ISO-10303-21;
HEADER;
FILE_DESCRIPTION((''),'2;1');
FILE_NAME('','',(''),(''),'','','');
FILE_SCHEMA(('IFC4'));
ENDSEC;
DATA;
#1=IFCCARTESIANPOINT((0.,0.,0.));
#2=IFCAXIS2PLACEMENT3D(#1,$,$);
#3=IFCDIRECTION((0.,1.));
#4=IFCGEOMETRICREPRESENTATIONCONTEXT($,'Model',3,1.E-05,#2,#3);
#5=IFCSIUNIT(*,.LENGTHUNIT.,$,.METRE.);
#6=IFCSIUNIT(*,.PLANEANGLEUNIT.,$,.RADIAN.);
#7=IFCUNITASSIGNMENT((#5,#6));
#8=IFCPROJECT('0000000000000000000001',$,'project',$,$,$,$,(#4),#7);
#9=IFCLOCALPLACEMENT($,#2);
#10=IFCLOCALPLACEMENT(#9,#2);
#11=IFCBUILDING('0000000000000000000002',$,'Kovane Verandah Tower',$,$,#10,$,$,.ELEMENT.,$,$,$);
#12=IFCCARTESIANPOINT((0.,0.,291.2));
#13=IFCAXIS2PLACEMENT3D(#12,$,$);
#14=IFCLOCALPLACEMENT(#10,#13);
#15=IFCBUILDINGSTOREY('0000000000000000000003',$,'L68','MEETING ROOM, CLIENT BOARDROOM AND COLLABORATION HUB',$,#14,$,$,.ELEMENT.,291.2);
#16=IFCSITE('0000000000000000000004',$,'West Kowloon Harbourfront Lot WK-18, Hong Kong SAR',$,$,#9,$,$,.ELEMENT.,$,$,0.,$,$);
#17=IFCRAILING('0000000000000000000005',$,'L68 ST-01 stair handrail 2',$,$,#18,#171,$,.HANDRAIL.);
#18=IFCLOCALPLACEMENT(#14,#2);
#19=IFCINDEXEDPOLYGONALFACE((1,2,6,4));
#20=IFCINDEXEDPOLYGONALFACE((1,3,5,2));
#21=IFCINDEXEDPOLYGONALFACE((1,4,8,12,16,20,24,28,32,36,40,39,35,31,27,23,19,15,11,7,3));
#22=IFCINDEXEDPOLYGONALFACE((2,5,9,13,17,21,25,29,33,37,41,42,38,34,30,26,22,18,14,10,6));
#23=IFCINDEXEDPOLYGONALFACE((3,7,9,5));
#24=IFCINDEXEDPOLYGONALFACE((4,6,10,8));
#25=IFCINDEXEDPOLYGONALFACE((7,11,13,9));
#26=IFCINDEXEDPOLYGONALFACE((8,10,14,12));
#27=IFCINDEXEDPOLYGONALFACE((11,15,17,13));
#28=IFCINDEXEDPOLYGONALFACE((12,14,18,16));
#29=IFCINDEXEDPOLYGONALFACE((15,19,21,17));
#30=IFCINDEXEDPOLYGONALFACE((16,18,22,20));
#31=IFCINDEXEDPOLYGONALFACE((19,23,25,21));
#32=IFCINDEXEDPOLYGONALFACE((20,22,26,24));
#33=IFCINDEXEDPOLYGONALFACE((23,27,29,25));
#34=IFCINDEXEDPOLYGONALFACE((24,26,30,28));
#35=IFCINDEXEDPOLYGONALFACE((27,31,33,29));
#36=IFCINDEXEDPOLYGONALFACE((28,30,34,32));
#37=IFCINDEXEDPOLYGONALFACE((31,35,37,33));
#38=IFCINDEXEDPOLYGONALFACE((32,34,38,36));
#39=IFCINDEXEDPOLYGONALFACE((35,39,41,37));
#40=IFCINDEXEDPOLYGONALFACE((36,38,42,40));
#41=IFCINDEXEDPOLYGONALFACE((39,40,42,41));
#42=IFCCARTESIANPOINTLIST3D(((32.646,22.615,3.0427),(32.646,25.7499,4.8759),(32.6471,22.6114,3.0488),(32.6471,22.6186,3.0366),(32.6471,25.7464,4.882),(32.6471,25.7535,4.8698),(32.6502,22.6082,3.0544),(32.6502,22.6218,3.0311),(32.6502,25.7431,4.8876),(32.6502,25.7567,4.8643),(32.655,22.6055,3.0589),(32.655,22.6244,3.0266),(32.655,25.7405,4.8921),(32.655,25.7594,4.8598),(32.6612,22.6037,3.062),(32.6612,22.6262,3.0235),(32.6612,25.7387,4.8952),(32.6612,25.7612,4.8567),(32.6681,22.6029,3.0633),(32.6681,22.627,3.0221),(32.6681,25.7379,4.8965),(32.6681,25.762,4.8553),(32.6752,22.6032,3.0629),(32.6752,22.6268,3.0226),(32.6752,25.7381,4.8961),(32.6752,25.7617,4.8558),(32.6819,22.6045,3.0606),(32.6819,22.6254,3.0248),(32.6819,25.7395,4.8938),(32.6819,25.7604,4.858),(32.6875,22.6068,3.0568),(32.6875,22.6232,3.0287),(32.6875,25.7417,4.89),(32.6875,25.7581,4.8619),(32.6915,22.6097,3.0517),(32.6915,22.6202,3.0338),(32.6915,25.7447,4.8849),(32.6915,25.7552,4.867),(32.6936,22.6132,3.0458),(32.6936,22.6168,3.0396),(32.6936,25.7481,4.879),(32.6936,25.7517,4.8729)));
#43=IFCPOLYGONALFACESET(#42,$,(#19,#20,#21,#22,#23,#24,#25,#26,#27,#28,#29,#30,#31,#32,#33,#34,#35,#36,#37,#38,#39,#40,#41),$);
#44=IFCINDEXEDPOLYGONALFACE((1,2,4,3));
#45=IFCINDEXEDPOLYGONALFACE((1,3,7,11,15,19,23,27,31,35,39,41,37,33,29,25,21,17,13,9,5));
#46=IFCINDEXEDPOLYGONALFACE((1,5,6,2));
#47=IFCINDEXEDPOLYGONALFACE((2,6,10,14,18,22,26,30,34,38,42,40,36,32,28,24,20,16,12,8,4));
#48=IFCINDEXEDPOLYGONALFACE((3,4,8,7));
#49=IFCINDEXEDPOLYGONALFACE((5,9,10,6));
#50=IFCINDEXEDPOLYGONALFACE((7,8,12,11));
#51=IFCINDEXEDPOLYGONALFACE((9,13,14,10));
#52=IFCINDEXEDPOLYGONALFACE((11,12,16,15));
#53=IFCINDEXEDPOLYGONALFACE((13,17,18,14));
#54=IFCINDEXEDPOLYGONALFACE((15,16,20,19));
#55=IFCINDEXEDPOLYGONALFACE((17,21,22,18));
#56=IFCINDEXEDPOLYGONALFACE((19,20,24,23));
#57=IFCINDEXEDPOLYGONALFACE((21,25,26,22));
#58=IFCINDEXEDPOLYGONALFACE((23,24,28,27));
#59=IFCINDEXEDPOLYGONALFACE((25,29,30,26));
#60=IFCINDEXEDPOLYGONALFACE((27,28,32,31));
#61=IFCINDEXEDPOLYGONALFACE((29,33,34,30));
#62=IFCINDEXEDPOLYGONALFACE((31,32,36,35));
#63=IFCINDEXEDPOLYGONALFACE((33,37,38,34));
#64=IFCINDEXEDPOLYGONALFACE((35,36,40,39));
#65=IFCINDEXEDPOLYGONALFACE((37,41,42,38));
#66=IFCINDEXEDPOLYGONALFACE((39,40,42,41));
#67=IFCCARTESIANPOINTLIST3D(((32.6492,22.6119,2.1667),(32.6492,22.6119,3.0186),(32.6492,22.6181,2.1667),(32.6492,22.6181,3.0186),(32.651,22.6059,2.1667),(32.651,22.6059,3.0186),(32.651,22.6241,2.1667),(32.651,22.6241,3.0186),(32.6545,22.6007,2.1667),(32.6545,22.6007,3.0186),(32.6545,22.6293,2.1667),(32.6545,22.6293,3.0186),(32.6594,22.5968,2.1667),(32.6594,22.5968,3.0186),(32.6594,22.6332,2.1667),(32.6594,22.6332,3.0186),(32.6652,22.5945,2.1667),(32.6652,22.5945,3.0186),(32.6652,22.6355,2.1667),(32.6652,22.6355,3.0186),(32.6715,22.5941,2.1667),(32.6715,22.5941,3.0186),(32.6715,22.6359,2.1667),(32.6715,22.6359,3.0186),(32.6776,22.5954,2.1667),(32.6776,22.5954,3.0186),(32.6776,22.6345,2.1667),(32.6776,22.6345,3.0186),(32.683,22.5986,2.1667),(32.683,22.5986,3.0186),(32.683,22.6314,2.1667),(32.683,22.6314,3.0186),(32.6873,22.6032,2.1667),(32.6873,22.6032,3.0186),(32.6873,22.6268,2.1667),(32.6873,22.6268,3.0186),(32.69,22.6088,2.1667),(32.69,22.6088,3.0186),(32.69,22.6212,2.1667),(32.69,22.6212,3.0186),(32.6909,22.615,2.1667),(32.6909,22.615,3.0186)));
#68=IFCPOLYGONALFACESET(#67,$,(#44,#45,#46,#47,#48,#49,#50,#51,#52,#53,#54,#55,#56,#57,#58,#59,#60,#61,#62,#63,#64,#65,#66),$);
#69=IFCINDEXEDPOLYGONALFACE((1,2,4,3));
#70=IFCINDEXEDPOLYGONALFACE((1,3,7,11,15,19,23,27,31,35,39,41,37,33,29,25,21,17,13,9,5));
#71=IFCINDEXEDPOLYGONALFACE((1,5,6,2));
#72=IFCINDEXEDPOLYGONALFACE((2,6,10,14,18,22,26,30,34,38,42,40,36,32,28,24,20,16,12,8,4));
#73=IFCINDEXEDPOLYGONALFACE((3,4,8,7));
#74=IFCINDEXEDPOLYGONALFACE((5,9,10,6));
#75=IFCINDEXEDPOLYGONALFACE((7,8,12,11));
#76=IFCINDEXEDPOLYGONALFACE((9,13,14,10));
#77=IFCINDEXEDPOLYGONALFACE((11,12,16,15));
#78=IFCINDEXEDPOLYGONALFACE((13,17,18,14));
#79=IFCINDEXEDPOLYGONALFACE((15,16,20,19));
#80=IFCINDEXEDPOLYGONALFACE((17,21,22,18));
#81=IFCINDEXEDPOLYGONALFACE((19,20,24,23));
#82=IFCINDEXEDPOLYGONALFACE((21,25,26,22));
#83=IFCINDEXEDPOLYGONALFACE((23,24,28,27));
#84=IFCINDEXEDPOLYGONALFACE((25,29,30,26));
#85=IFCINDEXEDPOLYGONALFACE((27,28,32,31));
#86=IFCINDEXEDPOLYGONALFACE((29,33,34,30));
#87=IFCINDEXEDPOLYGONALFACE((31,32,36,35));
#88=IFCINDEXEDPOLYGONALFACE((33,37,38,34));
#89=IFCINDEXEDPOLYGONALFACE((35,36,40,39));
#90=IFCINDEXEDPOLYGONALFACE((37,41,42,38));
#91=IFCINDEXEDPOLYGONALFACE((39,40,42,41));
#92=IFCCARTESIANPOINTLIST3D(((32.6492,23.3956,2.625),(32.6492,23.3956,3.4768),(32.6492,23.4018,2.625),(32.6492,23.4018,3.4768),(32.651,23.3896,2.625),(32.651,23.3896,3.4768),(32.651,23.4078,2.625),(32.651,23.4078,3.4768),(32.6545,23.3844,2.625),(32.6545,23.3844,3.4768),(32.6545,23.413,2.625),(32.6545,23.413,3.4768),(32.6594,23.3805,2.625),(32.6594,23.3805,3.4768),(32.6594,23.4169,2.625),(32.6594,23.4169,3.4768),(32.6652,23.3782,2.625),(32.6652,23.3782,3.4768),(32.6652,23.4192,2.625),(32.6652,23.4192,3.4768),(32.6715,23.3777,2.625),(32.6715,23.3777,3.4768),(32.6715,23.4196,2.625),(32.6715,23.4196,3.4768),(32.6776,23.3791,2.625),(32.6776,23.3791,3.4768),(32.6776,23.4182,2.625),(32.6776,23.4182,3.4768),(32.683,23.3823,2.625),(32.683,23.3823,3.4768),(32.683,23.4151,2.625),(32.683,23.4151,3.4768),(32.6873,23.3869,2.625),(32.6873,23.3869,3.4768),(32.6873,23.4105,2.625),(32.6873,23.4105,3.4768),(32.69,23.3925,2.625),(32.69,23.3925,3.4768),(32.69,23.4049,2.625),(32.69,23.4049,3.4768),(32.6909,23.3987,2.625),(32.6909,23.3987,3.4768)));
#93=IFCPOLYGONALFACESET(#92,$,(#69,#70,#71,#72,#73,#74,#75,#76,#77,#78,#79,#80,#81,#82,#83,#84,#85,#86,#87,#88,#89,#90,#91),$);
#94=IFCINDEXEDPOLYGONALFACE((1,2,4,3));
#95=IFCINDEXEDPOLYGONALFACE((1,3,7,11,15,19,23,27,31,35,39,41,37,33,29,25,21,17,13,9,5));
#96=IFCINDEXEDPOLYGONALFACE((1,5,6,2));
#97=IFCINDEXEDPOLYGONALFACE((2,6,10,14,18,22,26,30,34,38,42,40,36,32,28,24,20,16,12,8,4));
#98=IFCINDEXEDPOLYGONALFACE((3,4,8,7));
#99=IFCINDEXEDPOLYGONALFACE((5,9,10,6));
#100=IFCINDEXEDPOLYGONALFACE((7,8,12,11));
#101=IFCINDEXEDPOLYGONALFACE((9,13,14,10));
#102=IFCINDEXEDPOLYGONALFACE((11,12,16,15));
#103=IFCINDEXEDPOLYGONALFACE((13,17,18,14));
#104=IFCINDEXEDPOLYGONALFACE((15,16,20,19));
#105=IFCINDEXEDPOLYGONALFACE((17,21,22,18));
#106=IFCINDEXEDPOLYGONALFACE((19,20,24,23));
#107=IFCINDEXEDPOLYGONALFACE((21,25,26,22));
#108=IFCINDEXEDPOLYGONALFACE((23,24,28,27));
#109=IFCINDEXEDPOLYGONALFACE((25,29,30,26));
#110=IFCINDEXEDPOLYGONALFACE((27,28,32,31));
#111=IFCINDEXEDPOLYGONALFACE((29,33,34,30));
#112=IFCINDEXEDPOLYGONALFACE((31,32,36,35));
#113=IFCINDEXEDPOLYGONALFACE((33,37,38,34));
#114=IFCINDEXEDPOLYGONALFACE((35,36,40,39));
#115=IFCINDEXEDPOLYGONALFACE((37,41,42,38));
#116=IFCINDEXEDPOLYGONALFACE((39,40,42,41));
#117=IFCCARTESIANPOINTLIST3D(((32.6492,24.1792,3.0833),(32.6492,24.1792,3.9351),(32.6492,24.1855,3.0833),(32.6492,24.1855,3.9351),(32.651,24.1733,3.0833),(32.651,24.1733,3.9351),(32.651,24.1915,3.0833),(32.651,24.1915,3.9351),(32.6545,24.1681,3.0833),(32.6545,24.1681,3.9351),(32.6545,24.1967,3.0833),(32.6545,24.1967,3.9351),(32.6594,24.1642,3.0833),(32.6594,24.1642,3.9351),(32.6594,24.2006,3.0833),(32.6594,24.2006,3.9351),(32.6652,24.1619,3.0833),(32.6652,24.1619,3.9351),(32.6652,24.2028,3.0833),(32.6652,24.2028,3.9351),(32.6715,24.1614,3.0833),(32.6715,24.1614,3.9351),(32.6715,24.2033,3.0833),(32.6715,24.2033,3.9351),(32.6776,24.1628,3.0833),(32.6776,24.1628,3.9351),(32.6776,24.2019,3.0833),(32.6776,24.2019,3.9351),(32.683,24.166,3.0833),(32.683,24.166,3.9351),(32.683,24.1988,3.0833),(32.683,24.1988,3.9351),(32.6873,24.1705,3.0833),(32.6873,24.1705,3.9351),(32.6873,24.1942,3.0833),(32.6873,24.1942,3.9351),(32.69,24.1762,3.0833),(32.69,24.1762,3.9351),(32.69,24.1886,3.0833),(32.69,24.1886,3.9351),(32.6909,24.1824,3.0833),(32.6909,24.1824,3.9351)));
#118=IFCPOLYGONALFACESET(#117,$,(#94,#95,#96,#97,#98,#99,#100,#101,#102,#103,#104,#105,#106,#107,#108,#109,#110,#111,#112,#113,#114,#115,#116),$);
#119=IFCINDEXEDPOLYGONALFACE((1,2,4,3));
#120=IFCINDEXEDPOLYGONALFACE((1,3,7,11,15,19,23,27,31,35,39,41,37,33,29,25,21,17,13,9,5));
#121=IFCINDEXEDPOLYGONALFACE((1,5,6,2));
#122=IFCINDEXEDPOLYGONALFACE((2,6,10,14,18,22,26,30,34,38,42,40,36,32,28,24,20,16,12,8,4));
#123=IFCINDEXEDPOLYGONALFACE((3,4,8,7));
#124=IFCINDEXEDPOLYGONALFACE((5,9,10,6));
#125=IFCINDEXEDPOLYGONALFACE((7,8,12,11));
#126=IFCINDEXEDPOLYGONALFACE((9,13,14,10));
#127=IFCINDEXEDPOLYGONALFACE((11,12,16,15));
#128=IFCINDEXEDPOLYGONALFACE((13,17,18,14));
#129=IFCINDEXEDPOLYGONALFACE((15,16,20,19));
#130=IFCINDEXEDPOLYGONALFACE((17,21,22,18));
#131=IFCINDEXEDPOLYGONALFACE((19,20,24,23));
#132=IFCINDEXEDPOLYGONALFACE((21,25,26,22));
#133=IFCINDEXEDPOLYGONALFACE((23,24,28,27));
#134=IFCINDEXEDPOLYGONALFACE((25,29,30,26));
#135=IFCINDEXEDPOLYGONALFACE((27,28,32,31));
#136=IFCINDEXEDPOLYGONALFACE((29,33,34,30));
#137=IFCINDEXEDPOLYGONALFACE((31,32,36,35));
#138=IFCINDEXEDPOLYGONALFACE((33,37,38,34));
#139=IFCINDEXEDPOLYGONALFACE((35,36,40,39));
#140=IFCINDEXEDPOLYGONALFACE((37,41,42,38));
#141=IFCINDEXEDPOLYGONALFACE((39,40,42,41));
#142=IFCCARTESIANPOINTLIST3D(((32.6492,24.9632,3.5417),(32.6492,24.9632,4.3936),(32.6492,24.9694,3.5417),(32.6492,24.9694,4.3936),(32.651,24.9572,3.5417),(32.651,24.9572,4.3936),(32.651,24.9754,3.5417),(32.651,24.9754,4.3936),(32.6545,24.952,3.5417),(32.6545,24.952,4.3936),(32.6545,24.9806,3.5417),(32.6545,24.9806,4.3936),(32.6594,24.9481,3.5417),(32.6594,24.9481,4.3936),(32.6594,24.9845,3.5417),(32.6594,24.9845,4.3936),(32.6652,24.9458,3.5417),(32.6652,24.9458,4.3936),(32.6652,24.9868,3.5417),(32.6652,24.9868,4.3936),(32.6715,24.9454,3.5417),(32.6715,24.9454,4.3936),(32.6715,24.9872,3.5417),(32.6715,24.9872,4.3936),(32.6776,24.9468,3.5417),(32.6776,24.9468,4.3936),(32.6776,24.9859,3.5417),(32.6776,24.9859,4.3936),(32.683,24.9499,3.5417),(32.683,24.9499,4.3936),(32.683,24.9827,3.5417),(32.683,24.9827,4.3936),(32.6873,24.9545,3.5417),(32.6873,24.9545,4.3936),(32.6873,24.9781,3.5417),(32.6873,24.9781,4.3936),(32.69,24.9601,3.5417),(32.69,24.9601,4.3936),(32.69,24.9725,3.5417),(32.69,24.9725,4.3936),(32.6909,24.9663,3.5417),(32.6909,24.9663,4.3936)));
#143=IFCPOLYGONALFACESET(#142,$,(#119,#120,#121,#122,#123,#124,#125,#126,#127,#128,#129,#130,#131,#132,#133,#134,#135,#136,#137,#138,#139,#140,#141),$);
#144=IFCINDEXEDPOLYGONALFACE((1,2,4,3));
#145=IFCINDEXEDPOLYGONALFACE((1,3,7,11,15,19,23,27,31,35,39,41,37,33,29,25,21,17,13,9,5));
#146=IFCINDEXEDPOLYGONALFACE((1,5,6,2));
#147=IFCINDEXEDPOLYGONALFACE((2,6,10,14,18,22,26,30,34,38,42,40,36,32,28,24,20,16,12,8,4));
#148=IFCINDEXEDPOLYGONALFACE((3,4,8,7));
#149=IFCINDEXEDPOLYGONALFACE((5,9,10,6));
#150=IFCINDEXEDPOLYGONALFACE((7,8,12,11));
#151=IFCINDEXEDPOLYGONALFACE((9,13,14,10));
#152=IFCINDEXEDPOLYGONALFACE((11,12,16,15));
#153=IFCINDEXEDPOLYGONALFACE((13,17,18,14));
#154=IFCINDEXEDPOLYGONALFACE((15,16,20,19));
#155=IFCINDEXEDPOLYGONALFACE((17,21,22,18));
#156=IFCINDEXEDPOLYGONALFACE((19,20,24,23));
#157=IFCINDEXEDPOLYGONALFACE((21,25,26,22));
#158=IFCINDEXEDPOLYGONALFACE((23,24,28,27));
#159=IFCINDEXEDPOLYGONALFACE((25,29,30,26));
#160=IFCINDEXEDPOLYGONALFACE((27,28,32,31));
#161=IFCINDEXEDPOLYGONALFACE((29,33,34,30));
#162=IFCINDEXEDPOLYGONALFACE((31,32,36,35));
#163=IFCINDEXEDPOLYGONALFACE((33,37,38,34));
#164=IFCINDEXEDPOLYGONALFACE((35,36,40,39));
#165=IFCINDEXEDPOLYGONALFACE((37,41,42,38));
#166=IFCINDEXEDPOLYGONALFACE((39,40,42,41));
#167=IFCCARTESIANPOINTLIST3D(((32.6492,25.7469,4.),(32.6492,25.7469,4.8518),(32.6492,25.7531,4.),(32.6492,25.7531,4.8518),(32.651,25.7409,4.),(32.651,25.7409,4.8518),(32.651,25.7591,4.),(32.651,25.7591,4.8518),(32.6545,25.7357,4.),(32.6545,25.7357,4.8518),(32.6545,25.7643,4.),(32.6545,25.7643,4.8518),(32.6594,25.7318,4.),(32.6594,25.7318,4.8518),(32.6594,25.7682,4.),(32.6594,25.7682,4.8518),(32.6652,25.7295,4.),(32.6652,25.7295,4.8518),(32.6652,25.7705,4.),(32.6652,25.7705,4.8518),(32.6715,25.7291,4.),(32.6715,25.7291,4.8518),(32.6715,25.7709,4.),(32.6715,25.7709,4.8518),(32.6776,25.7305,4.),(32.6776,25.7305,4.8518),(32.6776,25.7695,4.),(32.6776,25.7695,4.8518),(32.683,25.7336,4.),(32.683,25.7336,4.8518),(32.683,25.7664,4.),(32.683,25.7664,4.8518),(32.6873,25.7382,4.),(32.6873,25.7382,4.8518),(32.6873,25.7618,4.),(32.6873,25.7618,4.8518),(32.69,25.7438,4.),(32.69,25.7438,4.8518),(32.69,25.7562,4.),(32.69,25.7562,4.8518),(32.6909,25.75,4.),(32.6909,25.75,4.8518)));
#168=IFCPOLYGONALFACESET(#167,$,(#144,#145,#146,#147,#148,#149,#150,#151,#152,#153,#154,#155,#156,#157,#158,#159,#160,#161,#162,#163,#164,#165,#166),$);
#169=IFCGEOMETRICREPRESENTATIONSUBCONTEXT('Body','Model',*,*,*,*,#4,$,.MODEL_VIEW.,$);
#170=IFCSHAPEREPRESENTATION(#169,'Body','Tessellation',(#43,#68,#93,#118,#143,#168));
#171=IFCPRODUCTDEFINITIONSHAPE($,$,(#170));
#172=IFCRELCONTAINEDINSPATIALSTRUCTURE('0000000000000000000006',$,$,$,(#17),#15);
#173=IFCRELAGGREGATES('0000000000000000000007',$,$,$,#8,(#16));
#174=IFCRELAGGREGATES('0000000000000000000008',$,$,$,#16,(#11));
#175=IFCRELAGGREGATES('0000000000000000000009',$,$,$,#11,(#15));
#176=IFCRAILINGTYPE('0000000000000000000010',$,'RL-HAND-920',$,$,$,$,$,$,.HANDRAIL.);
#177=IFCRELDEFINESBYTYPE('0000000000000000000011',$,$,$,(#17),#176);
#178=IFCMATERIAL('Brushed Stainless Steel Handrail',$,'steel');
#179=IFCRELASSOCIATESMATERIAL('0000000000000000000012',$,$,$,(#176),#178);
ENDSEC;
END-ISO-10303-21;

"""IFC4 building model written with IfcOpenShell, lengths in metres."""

from ifc_helpers import new_model, si_unit, direction, frame, origin, origin_2d, place, context, subcontext, project, spatial, circle, extrude, material, type_object, element, save


model = new_model("IFC4")

# Units and contexts
model_context = context("Model", 3, precision=1e-05, world=origin(), true_north=direction((0.0, 1.0)))
body_context = subcontext(model_context, "Body", "Model", "MODEL_VIEW")
ifc_project = project(units=[si_unit("LENGTHUNIT", "METRE"), si_unit("PLANEANGLEUNIT", "RADIAN")], contexts=[model_context])

# Site, building, storey
site_placement = place(None, origin())
site = spatial("IfcSite", under=ifc_project, at=site_placement, Name="West Kowloon Harbourfront Lot WK-18, Hong Kong SAR", CompositionType="ELEMENT", RefElevation=0.0)
building_placement = place(site_placement, origin())
building = spatial("IfcBuilding", under=site, at=building_placement, Name="Kovane Verandah Tower", CompositionType="ELEMENT")
storey_placement = place(building_placement, frame((0.0, 0.0, 291.2)))
storey = spatial("IfcBuildingStorey", under=building, at=storey_placement, Name="L68", Description="MEETING ROOM, CLIENT BOARDROOM AND COLLABORATION HUB", CompositionType="ELEMENT", Elevation=291.2)

# Railing
ifc_material_1 = material(Name="Brushed Stainless Steel Handrail", Category="steel")
railing_type = type_object("IfcRailingType", Name="RL-HAND-920", PredefinedType="HANDRAIL", material=ifc_material_1)
railing_placement = place(storey_placement, frame((32.6699, 22.615, 2.1667)))
element("IfcRailing", 1, at=railing_placement, inside=storey, type_object=railing_type, Name="L68 ST-01 stair handrail 2", PredefinedType="HANDRAIL", context=body_context, shape_type="SweptSolid", body=[
    extrude(circle(Radius=0.0239, at=origin_2d()), frame((0.0, 0.0, 0.876), z_axis=(0.0, 0.86324, 0.504794), x_axis=(-1.0, 0.0, 0.0)), (0.0, 0.0, 1.0), 3.6316),
    extrude(circle(Radius=0.021, at=origin_2d()), origin(), (0.0, 0.0, 1.0), 0.8518),
    extrude(circle(Radius=0.021, at=origin_2d()), frame((0.0, 0.7837, 0.4583)), (0.0, 0.0, 1.0), 0.8518),
    extrude(circle(Radius=0.021, at=origin_2d()), frame((0.0, 1.5674, 0.9165)), (0.0, 0.0, 1.0), 0.8518),
    extrude(circle(Radius=0.021, at=origin_2d()), frame((0.0, 2.3513, 1.375)), (0.0, 0.0, 1.0), 0.8518),
    extrude(circle(Radius=0.021, at=origin_2d()), frame((0.0, 3.135, 1.8333)), (0.0, 0.0, 1.0), 0.8518),
])

save(model, "model.ifc")
